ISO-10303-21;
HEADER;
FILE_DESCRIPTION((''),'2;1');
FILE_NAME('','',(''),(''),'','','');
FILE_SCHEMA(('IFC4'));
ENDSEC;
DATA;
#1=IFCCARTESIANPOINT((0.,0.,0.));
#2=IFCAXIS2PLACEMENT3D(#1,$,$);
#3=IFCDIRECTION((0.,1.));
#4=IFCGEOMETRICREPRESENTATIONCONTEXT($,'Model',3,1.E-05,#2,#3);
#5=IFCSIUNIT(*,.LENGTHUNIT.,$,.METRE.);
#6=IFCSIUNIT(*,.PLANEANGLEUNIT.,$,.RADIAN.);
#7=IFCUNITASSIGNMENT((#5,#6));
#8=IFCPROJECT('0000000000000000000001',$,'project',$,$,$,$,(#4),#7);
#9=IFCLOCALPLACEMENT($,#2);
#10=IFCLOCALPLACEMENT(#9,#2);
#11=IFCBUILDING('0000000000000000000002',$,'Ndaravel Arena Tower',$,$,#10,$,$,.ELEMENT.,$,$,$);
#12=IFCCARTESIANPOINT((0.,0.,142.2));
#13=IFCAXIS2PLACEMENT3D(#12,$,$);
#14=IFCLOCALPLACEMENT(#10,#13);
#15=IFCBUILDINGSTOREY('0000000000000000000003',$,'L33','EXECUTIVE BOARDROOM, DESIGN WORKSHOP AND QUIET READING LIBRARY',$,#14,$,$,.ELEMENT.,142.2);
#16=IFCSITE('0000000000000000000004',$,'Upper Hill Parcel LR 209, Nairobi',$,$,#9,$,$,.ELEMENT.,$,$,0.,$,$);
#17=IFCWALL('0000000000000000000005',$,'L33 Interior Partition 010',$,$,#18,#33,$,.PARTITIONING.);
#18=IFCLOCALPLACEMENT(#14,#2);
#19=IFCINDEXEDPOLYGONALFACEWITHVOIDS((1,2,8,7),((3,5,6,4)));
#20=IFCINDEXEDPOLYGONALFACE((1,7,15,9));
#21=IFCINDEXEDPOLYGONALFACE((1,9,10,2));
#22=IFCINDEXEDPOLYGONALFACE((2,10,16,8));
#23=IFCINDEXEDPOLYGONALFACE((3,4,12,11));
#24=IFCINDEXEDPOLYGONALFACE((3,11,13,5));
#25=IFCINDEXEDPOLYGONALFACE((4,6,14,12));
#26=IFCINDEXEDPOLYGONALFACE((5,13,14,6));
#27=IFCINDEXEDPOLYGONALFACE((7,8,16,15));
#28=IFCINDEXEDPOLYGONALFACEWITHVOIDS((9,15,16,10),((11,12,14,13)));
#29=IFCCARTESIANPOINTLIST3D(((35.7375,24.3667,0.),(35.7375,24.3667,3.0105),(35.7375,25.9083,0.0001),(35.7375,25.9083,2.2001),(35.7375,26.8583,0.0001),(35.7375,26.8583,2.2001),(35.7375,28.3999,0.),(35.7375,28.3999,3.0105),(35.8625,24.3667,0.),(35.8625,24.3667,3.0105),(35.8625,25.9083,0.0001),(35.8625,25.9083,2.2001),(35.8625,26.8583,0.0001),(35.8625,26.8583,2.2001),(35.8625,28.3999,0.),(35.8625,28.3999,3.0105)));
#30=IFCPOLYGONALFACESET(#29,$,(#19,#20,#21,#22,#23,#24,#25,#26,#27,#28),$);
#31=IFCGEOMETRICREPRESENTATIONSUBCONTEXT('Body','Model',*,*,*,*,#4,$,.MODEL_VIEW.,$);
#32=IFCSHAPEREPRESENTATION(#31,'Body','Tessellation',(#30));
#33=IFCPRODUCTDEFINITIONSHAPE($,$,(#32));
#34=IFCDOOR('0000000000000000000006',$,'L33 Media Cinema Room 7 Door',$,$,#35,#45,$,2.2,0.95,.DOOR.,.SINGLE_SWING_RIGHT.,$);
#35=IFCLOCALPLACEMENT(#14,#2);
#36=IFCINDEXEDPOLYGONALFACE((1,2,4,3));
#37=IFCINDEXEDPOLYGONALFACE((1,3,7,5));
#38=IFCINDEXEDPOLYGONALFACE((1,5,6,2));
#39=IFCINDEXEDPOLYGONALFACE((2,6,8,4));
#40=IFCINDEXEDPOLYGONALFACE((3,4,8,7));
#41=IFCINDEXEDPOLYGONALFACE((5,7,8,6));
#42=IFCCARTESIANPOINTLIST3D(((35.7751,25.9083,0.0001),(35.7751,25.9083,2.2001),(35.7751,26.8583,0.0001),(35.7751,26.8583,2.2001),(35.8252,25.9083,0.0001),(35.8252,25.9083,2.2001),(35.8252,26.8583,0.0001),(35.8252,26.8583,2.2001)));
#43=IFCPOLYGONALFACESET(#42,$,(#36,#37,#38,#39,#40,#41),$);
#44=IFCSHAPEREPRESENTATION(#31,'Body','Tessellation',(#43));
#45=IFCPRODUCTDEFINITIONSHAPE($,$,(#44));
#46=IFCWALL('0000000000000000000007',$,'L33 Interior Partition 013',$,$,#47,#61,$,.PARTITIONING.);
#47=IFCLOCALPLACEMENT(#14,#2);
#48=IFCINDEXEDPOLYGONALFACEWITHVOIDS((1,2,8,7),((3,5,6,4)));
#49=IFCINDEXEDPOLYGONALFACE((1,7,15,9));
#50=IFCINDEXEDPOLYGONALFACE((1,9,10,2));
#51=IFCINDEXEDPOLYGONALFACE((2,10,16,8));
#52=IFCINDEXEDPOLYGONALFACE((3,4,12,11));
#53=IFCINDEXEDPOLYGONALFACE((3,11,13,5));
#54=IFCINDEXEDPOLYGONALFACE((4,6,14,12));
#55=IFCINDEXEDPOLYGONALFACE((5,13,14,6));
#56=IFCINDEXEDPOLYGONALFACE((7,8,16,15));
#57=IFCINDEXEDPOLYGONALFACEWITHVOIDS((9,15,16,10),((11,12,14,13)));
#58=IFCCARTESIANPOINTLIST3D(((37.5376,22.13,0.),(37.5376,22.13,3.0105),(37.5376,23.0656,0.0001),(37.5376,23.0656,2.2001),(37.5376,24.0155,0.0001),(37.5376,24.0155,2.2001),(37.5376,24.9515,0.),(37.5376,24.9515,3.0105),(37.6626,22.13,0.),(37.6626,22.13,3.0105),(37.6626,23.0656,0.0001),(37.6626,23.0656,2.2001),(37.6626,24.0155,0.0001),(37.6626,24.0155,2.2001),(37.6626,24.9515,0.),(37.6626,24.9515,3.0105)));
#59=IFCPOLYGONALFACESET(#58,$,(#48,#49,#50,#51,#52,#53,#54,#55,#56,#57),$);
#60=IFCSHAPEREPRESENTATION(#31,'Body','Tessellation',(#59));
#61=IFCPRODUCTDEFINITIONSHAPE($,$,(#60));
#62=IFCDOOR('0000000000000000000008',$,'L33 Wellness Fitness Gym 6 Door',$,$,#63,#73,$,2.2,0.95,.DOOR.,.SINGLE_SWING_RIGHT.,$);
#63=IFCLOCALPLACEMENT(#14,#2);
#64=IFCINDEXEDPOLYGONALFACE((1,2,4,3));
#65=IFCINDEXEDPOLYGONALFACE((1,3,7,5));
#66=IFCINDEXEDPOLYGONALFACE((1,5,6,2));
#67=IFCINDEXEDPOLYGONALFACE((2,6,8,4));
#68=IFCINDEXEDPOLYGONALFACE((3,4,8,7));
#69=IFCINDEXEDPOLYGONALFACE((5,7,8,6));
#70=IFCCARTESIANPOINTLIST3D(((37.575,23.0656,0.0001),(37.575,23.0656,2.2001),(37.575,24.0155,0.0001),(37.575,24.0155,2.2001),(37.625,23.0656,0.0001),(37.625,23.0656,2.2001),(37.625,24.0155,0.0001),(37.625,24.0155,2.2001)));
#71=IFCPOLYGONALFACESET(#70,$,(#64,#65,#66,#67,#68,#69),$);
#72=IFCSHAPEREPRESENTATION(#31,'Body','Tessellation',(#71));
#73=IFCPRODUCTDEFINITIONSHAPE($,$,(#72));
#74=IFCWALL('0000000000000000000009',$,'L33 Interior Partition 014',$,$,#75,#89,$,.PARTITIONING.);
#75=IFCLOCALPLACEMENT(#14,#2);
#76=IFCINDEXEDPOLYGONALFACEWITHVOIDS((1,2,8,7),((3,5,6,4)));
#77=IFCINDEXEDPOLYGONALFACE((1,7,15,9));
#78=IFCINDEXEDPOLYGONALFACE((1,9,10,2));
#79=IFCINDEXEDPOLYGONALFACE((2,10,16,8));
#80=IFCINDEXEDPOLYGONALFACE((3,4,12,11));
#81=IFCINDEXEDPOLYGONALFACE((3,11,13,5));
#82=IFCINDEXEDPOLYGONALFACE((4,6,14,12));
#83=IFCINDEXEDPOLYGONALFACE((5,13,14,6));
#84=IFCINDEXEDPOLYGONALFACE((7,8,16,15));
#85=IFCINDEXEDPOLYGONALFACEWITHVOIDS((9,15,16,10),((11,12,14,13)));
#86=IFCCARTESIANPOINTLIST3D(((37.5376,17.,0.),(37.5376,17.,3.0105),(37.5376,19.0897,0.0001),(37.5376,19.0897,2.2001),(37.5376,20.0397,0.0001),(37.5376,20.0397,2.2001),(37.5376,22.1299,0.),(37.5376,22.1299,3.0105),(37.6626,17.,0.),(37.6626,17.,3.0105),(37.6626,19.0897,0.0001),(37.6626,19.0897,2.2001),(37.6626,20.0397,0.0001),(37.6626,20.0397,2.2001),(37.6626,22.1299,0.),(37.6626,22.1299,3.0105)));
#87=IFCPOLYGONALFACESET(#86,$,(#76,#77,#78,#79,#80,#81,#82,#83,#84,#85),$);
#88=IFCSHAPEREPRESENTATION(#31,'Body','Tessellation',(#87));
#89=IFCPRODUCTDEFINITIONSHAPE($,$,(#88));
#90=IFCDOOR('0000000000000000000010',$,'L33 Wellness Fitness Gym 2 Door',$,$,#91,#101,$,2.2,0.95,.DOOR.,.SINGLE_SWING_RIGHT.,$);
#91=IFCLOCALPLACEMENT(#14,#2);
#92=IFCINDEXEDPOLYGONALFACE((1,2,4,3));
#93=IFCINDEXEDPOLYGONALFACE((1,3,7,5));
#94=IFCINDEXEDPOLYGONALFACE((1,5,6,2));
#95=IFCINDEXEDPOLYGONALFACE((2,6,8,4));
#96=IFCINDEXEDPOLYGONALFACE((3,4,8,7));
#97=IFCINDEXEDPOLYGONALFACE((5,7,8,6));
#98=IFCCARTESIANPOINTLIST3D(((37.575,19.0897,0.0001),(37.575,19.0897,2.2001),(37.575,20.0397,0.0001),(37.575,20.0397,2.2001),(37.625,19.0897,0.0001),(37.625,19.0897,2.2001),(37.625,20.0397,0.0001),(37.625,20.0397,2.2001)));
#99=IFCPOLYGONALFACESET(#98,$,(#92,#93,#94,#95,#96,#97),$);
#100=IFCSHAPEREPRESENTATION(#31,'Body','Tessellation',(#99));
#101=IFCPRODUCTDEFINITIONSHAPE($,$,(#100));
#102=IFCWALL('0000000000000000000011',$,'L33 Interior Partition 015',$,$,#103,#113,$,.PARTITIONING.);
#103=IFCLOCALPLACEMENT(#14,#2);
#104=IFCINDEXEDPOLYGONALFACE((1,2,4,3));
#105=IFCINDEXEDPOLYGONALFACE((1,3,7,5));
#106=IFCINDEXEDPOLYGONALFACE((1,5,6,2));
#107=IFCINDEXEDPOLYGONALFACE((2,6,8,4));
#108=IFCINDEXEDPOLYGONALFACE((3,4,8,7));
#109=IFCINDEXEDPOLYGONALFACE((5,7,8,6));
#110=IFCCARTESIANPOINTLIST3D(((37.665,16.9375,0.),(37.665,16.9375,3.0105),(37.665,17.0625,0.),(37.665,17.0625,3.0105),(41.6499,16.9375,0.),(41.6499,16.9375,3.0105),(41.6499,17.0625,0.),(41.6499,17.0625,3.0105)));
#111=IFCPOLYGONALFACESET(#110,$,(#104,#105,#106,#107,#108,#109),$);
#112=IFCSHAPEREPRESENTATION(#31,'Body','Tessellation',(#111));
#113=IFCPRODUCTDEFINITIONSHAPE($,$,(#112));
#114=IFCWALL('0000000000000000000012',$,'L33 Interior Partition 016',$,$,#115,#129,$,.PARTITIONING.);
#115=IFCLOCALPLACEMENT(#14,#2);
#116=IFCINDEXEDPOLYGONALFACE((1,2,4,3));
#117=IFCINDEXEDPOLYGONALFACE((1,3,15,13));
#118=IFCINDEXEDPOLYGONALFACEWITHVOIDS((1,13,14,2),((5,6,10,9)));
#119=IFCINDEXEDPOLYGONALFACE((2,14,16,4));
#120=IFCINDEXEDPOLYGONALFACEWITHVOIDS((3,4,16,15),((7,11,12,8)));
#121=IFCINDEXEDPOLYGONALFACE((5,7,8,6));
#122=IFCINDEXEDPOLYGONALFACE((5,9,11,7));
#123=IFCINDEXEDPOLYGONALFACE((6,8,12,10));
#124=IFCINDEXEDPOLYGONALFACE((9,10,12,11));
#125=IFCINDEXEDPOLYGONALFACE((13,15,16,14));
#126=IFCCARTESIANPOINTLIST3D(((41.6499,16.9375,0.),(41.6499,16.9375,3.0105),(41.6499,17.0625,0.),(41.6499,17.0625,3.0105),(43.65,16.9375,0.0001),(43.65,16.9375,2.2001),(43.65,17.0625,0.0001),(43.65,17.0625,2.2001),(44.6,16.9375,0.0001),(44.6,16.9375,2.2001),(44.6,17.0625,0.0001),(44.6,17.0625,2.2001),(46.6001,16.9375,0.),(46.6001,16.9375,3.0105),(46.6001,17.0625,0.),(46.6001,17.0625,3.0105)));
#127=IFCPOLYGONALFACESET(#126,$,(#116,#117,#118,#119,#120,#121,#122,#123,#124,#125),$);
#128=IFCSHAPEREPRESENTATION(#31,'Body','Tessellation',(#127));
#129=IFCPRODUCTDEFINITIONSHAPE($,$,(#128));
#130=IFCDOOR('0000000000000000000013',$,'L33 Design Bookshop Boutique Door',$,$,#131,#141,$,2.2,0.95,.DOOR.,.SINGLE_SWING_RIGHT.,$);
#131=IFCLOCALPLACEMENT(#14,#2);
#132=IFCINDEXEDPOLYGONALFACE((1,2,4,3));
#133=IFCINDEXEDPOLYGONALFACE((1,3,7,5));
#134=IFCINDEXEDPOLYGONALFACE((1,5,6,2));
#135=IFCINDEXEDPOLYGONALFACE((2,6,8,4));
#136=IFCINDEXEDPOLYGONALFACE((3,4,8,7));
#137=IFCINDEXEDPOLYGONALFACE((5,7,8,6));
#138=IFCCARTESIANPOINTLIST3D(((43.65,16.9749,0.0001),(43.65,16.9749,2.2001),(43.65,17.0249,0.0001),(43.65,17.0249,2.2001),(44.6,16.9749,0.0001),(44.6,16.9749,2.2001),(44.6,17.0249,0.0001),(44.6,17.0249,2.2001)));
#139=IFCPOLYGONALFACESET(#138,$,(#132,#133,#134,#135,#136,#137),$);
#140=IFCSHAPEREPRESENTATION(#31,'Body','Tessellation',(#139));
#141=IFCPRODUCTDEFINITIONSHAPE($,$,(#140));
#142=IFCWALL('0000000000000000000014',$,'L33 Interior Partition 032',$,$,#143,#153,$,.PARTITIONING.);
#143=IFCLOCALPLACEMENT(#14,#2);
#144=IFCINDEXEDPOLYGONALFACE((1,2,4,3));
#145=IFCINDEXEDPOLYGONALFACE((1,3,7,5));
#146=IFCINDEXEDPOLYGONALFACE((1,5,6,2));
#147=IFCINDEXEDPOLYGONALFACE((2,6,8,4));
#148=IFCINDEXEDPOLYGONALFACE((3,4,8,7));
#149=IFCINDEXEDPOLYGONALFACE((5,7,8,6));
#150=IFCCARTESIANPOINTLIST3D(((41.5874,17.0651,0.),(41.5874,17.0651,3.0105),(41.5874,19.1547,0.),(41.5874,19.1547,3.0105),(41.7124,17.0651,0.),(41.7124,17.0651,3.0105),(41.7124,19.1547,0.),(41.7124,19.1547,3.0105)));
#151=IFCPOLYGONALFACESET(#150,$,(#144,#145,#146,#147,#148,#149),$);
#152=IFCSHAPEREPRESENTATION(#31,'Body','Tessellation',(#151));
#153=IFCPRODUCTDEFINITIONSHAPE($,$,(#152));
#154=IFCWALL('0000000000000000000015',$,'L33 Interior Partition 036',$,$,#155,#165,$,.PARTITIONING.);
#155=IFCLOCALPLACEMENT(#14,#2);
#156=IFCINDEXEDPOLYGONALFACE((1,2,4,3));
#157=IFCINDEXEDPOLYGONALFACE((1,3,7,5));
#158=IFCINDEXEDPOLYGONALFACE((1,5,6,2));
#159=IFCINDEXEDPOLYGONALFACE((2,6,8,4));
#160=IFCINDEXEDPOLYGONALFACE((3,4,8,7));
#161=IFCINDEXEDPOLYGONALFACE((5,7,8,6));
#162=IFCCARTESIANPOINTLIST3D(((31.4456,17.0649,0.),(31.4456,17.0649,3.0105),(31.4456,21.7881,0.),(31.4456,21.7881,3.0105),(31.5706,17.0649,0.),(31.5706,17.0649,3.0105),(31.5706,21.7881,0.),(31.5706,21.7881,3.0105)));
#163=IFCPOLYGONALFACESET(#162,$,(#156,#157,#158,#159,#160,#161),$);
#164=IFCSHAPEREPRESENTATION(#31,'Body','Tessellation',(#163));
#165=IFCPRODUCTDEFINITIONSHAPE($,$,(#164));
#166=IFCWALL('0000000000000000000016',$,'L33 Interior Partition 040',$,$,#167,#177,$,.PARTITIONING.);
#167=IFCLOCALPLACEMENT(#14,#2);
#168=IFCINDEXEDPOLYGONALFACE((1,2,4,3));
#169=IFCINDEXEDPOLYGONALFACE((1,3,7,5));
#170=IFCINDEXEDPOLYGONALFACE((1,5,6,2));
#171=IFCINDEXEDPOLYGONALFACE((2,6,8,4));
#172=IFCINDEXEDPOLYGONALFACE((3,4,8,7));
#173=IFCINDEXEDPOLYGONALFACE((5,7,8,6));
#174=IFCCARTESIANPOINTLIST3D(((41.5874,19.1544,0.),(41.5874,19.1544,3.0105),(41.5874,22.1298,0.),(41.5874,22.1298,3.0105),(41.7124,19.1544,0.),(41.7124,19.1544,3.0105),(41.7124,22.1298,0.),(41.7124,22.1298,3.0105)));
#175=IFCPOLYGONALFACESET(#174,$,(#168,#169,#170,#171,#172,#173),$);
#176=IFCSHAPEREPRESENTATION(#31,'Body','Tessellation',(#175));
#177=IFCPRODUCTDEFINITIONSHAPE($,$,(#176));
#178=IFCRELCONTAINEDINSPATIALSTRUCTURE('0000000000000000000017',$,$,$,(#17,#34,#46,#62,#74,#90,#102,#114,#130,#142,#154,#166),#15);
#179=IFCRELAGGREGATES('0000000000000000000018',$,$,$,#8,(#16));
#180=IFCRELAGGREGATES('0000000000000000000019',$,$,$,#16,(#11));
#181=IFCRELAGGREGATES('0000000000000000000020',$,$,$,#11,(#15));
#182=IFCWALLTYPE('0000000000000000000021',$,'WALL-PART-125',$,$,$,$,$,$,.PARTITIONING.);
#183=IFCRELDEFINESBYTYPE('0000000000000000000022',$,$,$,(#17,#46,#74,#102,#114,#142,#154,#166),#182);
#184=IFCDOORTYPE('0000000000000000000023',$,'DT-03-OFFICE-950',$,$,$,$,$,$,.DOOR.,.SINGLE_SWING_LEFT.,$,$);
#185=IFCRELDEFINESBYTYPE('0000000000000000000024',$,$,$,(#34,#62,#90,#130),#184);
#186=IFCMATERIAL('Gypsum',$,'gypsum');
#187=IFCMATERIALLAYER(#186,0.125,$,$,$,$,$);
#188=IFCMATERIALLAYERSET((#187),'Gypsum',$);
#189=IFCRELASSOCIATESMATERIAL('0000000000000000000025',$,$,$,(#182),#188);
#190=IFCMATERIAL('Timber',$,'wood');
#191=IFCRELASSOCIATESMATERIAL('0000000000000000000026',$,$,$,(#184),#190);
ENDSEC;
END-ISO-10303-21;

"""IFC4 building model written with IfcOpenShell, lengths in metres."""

from ifc_helpers import new_model, si_unit, direction, frame, frame_2d, origin, place, context, subcontext, project, spatial, rectangle, extrude, material, layer, layer_set, type_object, element, fill, save


model = new_model("IFC4")

# Units and contexts
model_context = context("Model", 3, precision=1e-05, world=origin(), true_north=direction((0.0, 1.0)))
body_context = subcontext(model_context, "Body", "Model", "MODEL_VIEW")
ifc_project = project(units=[si_unit("LENGTHUNIT", "METRE"), si_unit("PLANEANGLEUNIT", "RADIAN")], contexts=[model_context])

# Site, building, storey
site_placement = place(None, origin())
site = spatial("IfcSite", under=ifc_project, at=site_placement, Name="Upper Hill Parcel LR 209, Nairobi", CompositionType="ELEMENT", RefElevation=0.0)
building_placement = place(site_placement, origin())
building = spatial("IfcBuilding", under=site, at=building_placement, Name="Ndaravel Arena Tower", CompositionType="ELEMENT")
storey_placement = place(building_placement, frame((0.0, 0.0, 142.2)))
storey = spatial("IfcBuildingStorey", under=building, at=storey_placement, Name="L33", Description="EXECUTIVE BOARDROOM, DESIGN WORKSHOP AND QUIET READING LIBRARY", CompositionType="ELEMENT", Elevation=142.2)

# Shared definitions
ifc_material_1 = material(Name="Gypsum", Category="gypsum")
ifc_layer_1 = layer(ifc_material_1, 0.125)
ifc_layer_set_1 = layer_set([ifc_layer_1], Name="Gypsum")
wall_type_1 = type_object("IfcWallType", Name="WALL-PART-125", PredefinedType="PARTITIONING", material=ifc_layer_set_1)

# Walls, openings, doors
ifc_material_2 = material(Name="Timber", Category="wood")
door_type_1 = type_object("IfcDoorType", Name="DT-03-OFFICE-950", OperationType="SINGLE_SWING_LEFT", PredefinedType="DOOR", material=ifc_material_2)
wall_1_placement = place(storey_placement, frame((35.8, 24.3667, 0.0), z_axis=(0.0, 0.0, 1.0), x_axis=(0.0, 1.0, 0.0)))
wall_1 = element("IfcWall", 1, at=wall_1_placement, inside=storey, type_object=wall_type_1, Name="L33 Interior Partition 010", PredefinedType="PARTITIONING", context=body_context, shape_type="SweptSolid", body=[
    extrude(rectangle(XDim=4.0332, YDim=0.125, at=frame_2d((2.0166, 0.0))), origin(), (0.0, 0.0, 1.0), 3.0105),
])
opening_1_placement = place(wall_1_placement, frame((1.5415, 0.0, 0.0)))
opening_1 = element("IfcOpeningElement", 2, at=opening_1_placement, cuts=wall_1, PredefinedType="OPENING", context=body_context, shape_type="SweptSolid", body=[
    extrude(rectangle(XDim=0.95, YDim=2.2, at=frame_2d((0.4751, 1.1001))), frame((0.0, 0.0625, 0.0), z_axis=(0.0, -1.0, 0.0), x_axis=(1.0, 0.0, 0.0)), (0.0, 0.0, 1.0), 0.125),
])
door_1_placement = place(opening_1_placement, origin())
door_1 = element("IfcDoor", 3, at=door_1_placement, inside=storey, type_object=door_type_1, Name="L33 Media Cinema Room 7 Door", OperationType="SINGLE_SWING_RIGHT", OverallHeight=2.2, OverallWidth=0.95, PredefinedType="DOOR", context=body_context, shape_type="SweptSolid", body=[
    extrude(rectangle(XDim=0.95, YDim=2.2, at=frame_2d((0.4751, 1.1001))), frame((0.0, 0.0249, 0.0), z_axis=(0.0, -1.0, 0.0), x_axis=(1.0, 0.0, 0.0)), (0.0, 0.0, 1.0), 0.05),
])
fill(opening_1, door_1)
wall_2_placement = place(storey_placement, frame((37.6001, 24.9514, 0.0), z_axis=(0.0, 0.0, 1.0), x_axis=(0.0, -1.0, 0.0)))
wall_2 = element("IfcWall", 4, at=wall_2_placement, inside=storey, type_object=wall_type_1, Name="L33 Interior Partition 013", PredefinedType="PARTITIONING", context=body_context, shape_type="SweptSolid", body=[
    extrude(rectangle(XDim=2.8215, YDim=0.125, at=frame_2d((1.4106, 0.0))), origin(), (0.0, 0.0, 1.0), 3.0105),
])
opening_2_placement = place(wall_2_placement, frame((0.9358, 0.0, 0.0)))
opening_2 = element("IfcOpeningElement", 5, at=opening_2_placement, cuts=wall_2, PredefinedType="OPENING", context=body_context, shape_type="SweptSolid", body=[
    extrude(rectangle(XDim=0.95, YDim=2.2, at=frame_2d((0.4751, 1.1001))), frame((0.0, 0.0625, 0.0), z_axis=(0.0, -1.0, 0.0), x_axis=(1.0, 0.0, 0.0)), (0.0, 0.0, 1.0), 0.125),
])
door_2_placement = place(opening_2_placement, origin())
door_2 = element("IfcDoor", 6, at=door_2_placement, inside=storey, type_object=door_type_1, Name="L33 Wellness Fitness Gym 6 Door", OperationType="SINGLE_SWING_RIGHT", OverallHeight=2.2, OverallWidth=0.95, PredefinedType="DOOR", context=body_context, shape_type="SweptSolid", body=[
    extrude(rectangle(XDim=0.95, YDim=2.2, at=frame_2d((0.4751, 1.1001))), frame((0.0, 0.0249, 0.0), z_axis=(0.0, -1.0, 0.0), x_axis=(1.0, 0.0, 0.0)), (0.0, 0.0, 1.0), 0.05),
])
fill(opening_2, door_2)
wall_3_placement = place(storey_placement, frame((37.6001, 22.1299, 0.0), z_axis=(0.0, 0.0, 1.0), x_axis=(0.0, -1.0, 0.0)))
wall_3 = element("IfcWall", 7, at=wall_3_placement, inside=storey, type_object=wall_type_1, Name="L33 Interior Partition 014", PredefinedType="PARTITIONING", context=body_context, shape_type="SweptSolid", body=[
    extrude(rectangle(XDim=5.1299, YDim=0.125, at=frame_2d((2.5649, 0.0))), origin(), (0.0, 0.0, 1.0), 3.0105),
])
opening_3_placement = place(wall_3_placement, frame((2.0901, 0.0, 0.0)))
opening_3 = element("IfcOpeningElement", 8, at=opening_3_placement, cuts=wall_3, PredefinedType="OPENING", context=body_context, shape_type="SweptSolid", body=[
    extrude(rectangle(XDim=0.95, YDim=2.2, at=frame_2d((0.4751, 1.1001))), frame((0.0, 0.0625, 0.0), z_axis=(0.0, -1.0, 0.0), x_axis=(1.0, 0.0, 0.0)), (0.0, 0.0, 1.0), 0.125),
])
door_3_placement = place(opening_3_placement, origin())
door_3 = element("IfcDoor", 9, at=door_3_placement, inside=storey, type_object=door_type_1, Name="L33 Wellness Fitness Gym 2 Door", OperationType="SINGLE_SWING_RIGHT", OverallHeight=2.2, OverallWidth=0.95, PredefinedType="DOOR", context=body_context, shape_type="SweptSolid", body=[
    extrude(rectangle(XDim=0.95, YDim=2.2, at=frame_2d((0.4751, 1.1001))), frame((0.0, 0.0249, 0.0), z_axis=(0.0, -1.0, 0.0), x_axis=(1.0, 0.0, 0.0)), (0.0, 0.0, 1.0), 0.05),
])
fill(opening_3, door_3)

# Wall
wall_4_placement = place(storey_placement, frame((37.665, 17.0, 0.0), z_axis=(0.0, 0.0, 1.0), x_axis=(1.0, 0.0, 0.0)))
element("IfcWall", 10, at=wall_4_placement, inside=storey, type_object=wall_type_1, Name="L33 Interior Partition 015", PredefinedType="PARTITIONING", context=body_context, shape_type="SweptSolid", body=[
    extrude(rectangle(XDim=3.9849, YDim=0.125, at=frame_2d((1.9924, 0.0))), origin(), (0.0, 0.0, 1.0), 3.0105),
])

# Wall, opening, door
wall_5_placement = place(storey_placement, frame((41.6499, 17.0, 0.0), z_axis=(0.0, 0.0, 1.0), x_axis=(1.0, 0.0, 0.0)))
wall_5 = element("IfcWall", 11, at=wall_5_placement, inside=storey, type_object=wall_type_1, Name="L33 Interior Partition 016", PredefinedType="PARTITIONING", context=body_context, shape_type="SweptSolid", body=[
    extrude(rectangle(XDim=4.9502, YDim=0.125, at=frame_2d((2.4751, 0.0))), origin(), (0.0, 0.0, 1.0), 3.0105),
])
opening_4_placement = place(wall_5_placement, frame((2.0, 0.0, 0.0)))
opening_4 = element("IfcOpeningElement", 12, at=opening_4_placement, cuts=wall_5, PredefinedType="OPENING", context=body_context, shape_type="SweptSolid", body=[
    extrude(rectangle(XDim=0.95, YDim=2.2, at=frame_2d((0.4751, 1.1001))), frame((0.0, 0.0625, 0.0), z_axis=(0.0, -1.0, 0.0), x_axis=(1.0, 0.0, 0.0)), (0.0, 0.0, 1.0), 0.125),
])
door_4_placement = place(opening_4_placement, origin())
door_4 = element("IfcDoor", 13, at=door_4_placement, inside=storey, type_object=door_type_1, Name="L33 Design Bookshop Boutique Door", OperationType="SINGLE_SWING_RIGHT", OverallHeight=2.2, OverallWidth=0.95, PredefinedType="DOOR", context=body_context, shape_type="SweptSolid", body=[
    extrude(rectangle(XDim=0.95, YDim=2.2, at=frame_2d((0.4751, 1.1001))), frame((0.0, 0.0249, 0.0), z_axis=(0.0, -1.0, 0.0), x_axis=(1.0, 0.0, 0.0)), (0.0, 0.0, 1.0), 0.05),
])
fill(opening_4, door_4)

# Walls
wall_6_placement = place(storey_placement, frame((41.6499, 17.0649, 0.0), z_axis=(0.0, 0.0, 1.0), x_axis=(0.0, 1.0, 0.0)))
element("IfcWall", 14, at=wall_6_placement, inside=storey, type_object=wall_type_1, Name="L33 Interior Partition 032", PredefinedType="PARTITIONING", context=body_context, shape_type="SweptSolid", body=[
    extrude(rectangle(XDim=2.0896, YDim=0.125, at=frame_2d((1.0449, 0.0))), origin(), (0.0, 0.0, 1.0), 3.0105),
])
wall_7_placement = place(storey_placement, frame((31.5081, 21.7881, 0.0), z_axis=(0.0, 0.0, 1.0), x_axis=(0.0, -1.0, 0.0)))
element("IfcWall", 15, at=wall_7_placement, inside=storey, type_object=wall_type_1, Name="L33 Interior Partition 036", PredefinedType="PARTITIONING", context=body_context, shape_type="SweptSolid", body=[
    extrude(rectangle(XDim=4.7231, YDim=0.125, at=frame_2d((2.3616, 0.0))), origin(), (0.0, 0.0, 1.0), 3.0105),
])
wall_8_placement = place(storey_placement, frame((41.6499, 22.1299, 0.0), z_axis=(0.0, 0.0, 1.0), x_axis=(0.0, -1.0, 0.0)))
element("IfcWall", 16, at=wall_8_placement, inside=storey, type_object=wall_type_1, Name="L33 Interior Partition 040", PredefinedType="PARTITIONING", context=body_context, shape_type="SweptSolid", body=[
    extrude(rectangle(XDim=2.9753, YDim=0.125, at=frame_2d((1.4878, 0.0))), origin(), (0.0, 0.0, 1.0), 3.0105),
])

save(model, "model.ifc")
